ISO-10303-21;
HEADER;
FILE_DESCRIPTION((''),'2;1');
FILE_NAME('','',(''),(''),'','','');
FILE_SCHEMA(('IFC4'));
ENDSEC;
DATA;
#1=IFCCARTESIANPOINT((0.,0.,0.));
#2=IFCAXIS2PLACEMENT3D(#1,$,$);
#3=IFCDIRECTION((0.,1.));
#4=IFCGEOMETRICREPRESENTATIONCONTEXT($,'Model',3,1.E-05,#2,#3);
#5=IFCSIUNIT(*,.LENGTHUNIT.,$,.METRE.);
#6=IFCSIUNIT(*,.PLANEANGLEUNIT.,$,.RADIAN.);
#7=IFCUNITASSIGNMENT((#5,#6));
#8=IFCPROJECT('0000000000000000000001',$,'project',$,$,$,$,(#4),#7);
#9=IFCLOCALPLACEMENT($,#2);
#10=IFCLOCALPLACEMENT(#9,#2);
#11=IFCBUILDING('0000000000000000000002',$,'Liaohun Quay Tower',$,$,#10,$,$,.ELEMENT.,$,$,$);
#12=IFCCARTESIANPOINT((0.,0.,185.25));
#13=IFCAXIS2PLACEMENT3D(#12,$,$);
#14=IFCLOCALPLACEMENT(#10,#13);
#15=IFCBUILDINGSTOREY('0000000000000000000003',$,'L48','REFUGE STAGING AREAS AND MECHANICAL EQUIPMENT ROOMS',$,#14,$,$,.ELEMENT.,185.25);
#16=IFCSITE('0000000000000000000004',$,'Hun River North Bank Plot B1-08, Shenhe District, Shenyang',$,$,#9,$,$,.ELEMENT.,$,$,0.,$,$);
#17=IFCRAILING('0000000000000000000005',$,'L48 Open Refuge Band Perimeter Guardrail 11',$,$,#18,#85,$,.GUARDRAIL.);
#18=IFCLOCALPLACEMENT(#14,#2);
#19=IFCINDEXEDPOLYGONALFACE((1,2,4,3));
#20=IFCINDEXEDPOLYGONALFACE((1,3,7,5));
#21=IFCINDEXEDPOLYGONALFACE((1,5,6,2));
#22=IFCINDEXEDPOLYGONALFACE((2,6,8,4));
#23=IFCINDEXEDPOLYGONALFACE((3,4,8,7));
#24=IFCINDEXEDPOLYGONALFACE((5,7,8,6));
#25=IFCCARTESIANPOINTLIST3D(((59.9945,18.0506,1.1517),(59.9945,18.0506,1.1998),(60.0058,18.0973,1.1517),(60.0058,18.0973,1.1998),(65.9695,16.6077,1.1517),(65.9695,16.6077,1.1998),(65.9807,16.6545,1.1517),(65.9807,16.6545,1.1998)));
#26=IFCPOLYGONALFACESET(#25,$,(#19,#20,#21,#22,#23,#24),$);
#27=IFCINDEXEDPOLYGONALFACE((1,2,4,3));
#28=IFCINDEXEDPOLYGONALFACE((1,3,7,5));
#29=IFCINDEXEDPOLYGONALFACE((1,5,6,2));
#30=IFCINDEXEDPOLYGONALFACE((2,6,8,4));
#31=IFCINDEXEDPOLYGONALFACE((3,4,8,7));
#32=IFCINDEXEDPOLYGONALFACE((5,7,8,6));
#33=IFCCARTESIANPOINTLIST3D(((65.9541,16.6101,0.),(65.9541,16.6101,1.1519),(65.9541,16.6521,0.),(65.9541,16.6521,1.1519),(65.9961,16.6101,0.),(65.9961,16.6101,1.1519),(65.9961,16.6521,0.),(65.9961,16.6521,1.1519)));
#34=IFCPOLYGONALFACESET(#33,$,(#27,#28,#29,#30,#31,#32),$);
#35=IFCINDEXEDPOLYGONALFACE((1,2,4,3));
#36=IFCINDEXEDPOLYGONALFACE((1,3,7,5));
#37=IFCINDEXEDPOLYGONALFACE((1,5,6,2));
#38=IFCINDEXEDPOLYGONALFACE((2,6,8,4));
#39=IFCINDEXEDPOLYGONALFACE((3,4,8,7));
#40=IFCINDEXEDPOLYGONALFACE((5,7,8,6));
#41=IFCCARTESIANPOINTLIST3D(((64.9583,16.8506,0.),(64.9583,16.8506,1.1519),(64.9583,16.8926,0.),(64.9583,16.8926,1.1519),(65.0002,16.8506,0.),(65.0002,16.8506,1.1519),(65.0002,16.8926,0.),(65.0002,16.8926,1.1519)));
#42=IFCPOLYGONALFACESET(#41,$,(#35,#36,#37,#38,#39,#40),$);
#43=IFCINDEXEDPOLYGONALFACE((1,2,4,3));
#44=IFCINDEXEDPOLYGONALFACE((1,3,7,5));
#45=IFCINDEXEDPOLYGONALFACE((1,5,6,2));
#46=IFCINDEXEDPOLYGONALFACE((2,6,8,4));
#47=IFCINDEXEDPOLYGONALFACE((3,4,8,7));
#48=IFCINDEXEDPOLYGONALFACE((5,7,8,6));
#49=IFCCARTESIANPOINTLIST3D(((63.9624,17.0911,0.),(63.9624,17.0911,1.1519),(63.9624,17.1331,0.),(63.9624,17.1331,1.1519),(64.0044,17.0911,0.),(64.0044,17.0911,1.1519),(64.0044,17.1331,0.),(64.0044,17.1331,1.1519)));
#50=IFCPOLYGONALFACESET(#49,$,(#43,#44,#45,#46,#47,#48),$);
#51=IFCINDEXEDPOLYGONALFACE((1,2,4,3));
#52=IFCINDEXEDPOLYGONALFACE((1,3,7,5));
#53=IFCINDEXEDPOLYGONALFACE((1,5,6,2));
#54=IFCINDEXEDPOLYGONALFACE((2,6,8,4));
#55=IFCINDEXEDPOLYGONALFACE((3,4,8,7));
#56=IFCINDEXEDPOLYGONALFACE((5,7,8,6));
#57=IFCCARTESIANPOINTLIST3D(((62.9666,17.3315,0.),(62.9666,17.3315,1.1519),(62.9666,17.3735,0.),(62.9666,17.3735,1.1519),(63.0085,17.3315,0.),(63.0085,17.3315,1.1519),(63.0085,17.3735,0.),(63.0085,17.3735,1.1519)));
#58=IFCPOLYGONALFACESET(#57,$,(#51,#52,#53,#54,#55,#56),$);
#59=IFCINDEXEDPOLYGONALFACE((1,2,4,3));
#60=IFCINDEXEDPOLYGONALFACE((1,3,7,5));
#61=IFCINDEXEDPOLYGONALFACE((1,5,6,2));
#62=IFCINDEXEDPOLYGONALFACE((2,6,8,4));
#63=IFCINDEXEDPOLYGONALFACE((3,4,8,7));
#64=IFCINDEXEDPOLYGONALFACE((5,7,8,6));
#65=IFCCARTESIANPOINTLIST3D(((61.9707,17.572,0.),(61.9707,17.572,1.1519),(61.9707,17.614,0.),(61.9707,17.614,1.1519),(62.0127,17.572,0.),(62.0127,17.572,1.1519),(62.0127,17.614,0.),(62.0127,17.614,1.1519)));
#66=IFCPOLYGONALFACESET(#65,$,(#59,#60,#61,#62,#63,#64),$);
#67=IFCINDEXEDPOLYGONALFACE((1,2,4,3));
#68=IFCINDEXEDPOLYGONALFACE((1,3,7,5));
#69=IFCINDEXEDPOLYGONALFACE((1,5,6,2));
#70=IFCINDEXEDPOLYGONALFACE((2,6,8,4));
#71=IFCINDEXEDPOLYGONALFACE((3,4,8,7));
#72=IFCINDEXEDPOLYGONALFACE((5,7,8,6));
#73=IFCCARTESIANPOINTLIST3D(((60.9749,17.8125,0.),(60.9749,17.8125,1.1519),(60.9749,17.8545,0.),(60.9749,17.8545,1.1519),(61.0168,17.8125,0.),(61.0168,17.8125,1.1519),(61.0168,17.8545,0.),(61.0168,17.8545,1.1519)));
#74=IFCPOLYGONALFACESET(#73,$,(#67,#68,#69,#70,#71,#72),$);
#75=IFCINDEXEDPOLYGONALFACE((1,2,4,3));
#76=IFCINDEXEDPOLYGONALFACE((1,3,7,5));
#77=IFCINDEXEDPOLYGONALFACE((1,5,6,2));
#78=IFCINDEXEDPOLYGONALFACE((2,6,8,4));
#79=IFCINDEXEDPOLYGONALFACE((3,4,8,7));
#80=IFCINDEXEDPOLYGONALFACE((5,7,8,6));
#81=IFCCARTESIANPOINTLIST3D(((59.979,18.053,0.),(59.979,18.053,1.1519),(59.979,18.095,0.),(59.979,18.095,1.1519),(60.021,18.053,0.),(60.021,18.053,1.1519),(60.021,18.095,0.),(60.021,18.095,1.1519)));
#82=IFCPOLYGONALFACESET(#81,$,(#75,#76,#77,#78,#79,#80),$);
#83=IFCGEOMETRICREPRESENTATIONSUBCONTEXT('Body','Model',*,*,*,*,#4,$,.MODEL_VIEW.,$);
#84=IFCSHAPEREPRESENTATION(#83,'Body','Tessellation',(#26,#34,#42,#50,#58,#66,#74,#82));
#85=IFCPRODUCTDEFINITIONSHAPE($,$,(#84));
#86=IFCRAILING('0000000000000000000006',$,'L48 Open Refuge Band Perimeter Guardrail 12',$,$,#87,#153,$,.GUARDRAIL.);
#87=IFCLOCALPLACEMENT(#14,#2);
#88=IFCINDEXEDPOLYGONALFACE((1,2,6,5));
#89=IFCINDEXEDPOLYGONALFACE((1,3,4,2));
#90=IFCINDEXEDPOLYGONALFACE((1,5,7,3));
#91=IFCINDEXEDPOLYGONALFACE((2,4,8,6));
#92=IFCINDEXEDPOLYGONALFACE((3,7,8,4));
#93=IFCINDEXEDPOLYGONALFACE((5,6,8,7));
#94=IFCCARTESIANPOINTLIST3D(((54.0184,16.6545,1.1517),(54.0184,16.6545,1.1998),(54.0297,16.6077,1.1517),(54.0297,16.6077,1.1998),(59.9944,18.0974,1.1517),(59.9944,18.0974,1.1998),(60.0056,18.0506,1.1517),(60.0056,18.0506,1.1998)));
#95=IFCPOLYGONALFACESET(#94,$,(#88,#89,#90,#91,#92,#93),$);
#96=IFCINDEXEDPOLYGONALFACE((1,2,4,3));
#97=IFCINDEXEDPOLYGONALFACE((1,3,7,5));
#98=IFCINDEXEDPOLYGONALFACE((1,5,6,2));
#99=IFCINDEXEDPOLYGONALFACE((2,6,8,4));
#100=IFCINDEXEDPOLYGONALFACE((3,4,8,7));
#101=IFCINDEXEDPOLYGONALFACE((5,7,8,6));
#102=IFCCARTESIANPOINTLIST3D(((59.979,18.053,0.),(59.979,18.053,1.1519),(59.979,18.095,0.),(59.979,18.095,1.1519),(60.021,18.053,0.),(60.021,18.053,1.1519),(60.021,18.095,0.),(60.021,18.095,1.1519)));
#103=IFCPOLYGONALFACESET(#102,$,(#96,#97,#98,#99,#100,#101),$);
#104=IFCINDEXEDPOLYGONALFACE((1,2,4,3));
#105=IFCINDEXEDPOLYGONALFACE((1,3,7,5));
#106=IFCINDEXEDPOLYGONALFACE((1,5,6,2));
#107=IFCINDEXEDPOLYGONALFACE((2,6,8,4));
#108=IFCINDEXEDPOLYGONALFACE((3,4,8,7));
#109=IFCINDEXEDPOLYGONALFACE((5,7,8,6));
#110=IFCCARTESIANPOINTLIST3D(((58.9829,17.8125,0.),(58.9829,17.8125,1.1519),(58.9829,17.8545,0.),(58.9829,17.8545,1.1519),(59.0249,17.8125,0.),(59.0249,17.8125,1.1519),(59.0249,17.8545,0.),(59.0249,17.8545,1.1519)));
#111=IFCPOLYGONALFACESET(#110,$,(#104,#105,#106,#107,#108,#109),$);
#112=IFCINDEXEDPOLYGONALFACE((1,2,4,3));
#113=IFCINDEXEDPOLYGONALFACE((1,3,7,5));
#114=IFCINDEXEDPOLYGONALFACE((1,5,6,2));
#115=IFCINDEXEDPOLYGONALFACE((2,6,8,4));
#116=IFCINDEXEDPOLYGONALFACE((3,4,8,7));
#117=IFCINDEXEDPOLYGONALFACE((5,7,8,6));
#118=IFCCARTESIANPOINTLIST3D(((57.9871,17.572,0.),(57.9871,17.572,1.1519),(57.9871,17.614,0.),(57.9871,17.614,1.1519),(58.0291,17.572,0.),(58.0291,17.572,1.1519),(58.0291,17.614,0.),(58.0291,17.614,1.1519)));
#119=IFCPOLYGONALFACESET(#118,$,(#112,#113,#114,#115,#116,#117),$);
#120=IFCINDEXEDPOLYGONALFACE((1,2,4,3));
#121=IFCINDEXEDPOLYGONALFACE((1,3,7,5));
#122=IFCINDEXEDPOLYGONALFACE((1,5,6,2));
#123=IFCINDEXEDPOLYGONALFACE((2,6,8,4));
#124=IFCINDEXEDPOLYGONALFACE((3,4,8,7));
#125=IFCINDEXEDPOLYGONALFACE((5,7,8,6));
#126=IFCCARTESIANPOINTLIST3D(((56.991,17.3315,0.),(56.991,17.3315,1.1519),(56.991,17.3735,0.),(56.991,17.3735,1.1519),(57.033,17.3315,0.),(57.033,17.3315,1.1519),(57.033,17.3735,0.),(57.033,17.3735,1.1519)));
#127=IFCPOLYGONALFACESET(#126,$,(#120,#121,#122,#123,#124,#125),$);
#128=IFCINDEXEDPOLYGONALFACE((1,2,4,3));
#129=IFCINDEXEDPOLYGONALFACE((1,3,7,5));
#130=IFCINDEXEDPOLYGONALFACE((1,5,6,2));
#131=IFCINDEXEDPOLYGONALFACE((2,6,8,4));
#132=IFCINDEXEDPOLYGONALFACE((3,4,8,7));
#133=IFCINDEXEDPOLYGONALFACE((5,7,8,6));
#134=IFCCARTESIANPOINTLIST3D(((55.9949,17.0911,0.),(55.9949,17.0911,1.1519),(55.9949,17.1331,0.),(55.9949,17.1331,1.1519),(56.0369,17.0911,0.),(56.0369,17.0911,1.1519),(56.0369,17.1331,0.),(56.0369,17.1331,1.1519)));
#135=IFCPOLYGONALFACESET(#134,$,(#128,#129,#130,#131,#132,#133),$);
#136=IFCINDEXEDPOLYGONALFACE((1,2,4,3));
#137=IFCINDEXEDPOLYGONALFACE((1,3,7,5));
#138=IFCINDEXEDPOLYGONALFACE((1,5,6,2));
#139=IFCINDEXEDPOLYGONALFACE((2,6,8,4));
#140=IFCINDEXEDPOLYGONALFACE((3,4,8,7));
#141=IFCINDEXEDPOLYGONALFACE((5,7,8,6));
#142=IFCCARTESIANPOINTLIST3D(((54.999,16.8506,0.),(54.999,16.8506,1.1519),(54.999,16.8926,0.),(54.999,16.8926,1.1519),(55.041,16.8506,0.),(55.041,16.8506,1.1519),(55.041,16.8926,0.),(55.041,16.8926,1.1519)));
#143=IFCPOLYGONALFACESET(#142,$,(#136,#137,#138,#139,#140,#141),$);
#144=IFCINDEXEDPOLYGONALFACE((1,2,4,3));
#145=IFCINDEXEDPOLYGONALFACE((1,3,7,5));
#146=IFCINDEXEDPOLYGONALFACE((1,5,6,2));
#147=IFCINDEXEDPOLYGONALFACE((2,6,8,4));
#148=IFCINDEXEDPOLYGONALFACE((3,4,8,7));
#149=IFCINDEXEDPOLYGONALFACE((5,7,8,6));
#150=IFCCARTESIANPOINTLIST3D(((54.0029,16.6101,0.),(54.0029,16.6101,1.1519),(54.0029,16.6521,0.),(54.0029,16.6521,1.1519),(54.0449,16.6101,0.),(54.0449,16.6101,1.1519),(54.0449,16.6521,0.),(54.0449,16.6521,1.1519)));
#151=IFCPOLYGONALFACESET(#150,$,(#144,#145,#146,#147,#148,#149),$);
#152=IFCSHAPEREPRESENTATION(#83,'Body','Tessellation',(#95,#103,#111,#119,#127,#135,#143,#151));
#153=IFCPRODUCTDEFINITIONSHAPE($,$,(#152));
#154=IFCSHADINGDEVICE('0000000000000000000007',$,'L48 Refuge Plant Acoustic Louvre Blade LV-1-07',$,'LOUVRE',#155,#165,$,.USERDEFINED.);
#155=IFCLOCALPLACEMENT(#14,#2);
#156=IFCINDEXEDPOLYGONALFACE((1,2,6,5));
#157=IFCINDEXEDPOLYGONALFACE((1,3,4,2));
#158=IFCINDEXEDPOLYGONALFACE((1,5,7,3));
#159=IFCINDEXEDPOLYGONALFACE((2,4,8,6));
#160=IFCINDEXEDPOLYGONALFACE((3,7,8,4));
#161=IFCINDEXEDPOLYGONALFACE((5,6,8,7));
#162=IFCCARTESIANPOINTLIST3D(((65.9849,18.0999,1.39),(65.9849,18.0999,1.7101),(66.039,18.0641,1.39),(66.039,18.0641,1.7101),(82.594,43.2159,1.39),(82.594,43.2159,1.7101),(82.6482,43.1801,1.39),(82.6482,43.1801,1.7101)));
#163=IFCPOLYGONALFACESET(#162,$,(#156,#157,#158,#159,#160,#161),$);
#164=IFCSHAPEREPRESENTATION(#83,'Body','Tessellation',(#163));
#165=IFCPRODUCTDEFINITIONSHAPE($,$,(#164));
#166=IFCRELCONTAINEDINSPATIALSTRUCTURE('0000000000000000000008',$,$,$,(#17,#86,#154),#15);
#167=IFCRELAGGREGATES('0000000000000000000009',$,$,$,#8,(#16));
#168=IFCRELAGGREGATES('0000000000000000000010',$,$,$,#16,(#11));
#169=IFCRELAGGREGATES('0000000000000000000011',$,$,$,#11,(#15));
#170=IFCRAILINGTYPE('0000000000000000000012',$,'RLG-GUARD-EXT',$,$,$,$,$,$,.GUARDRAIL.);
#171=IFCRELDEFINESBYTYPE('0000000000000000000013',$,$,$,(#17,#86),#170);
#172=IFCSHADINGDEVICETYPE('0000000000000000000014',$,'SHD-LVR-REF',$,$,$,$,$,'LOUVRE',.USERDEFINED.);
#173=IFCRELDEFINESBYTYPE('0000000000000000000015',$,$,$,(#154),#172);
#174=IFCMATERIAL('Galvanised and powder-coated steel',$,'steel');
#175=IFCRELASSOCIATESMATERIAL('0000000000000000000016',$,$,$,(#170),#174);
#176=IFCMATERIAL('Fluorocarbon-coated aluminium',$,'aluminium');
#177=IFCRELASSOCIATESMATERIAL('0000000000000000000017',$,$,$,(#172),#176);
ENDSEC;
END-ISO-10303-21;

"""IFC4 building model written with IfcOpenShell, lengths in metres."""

from ifc_helpers import new_model, si_unit, direction, frame, origin, origin_2d, place, context, subcontext, project, spatial, rectangle, extrude, source, transform, mapped, material, material_profile, profile_set, type_object, element, save


model = new_model("IFC4")

# Units and contexts
model_context = context("Model", 3, precision=1e-05, world=origin(), true_north=direction((0.0, 1.0)))
body_context = subcontext(model_context, "Body", "Model", "MODEL_VIEW")
ifc_project = project(units=[si_unit("LENGTHUNIT", "METRE"), si_unit("PLANEANGLEUNIT", "RADIAN")], contexts=[model_context])

# Site, building, storey
site_placement = place(None, origin())
site = spatial("IfcSite", under=ifc_project, at=site_placement, Name="Hun River North Bank Plot B1-08, Shenhe District, Shenyang", CompositionType="ELEMENT", RefElevation=0.0)
building_placement = place(site_placement, origin())
building = spatial("IfcBuilding", under=site, at=building_placement, Name="Liaohun Quay Tower", CompositionType="ELEMENT")
storey_placement = place(building_placement, frame((0.0, 0.0, 185.25)))
storey = spatial("IfcBuildingStorey", under=building, at=storey_placement, Name="L48", Description="REFUGE STAGING AREAS AND MECHANICAL EQUIPMENT ROOMS", CompositionType="ELEMENT", Elevation=185.25)

# Railings
ifc_material_1 = material(Name="Galvanised and powder-coated steel", Category="steel")
railing_type = type_object("IfcRailingType", Name="RLG-GUARD-EXT", PredefinedType="GUARDRAIL", material=ifc_material_1)
railing_1_placement = place(storey_placement, frame((65.9751, 16.6311, 0.0)))
element("IfcRailing", 1, at=railing_1_placement, inside=storey, type_object=railing_type, Name="L48 Open Refuge Band Perimeter Guardrail 11", PredefinedType="GUARDRAIL", context=body_context, shape_type="SweptSolid", body=[
    extrude(rectangle(XDim=0.0481, YDim=0.0481, at=origin_2d()), frame((0.0, 0.0, 1.1758), z_axis=(-0.97206, 0.234734, 0.0), x_axis=(-0.234734, -0.97206, 0.0)), (0.0, 0.0, 1.0), 6.1467),
    extrude(rectangle(XDim=0.042, YDim=0.042, at=origin_2d()), origin(), (0.0, 0.0, 1.0), 1.1519),
    extrude(rectangle(XDim=0.042, YDim=0.042, at=origin_2d()), frame((-0.9958, 0.2405, 0.0)), (0.0, 0.0, 1.0), 1.1519),
    extrude(rectangle(XDim=0.042, YDim=0.042, at=origin_2d()), frame((-1.9917, 0.481, 0.0)), (0.0, 0.0, 1.0), 1.1519),
    extrude(rectangle(XDim=0.042, YDim=0.042, at=origin_2d()), frame((-2.9875, 0.7214, 0.0)), (0.0, 0.0, 1.0), 1.1519),
    extrude(rectangle(XDim=0.042, YDim=0.042, at=origin_2d()), frame((-3.9834, 0.9619, 0.0)), (0.0, 0.0, 1.0), 1.1519),
    extrude(rectangle(XDim=0.042, YDim=0.042, at=origin_2d()), frame((-4.9792, 1.2024, 0.0)), (0.0, 0.0, 1.0), 1.1519),
    extrude(rectangle(XDim=0.042, YDim=0.042, at=origin_2d()), frame((-5.9751, 1.4429, 0.0)), (0.0, 0.0, 1.0), 1.1519),
])
railing_2_placement = place(storey_placement, frame((60.0, 18.074, 0.0)))
element("IfcRailing", 2, at=railing_2_placement, inside=storey, type_object=railing_type, Name="L48 Open Refuge Band Perimeter Guardrail 12", PredefinedType="GUARDRAIL", context=body_context, shape_type="SweptSolid", body=[
    extrude(rectangle(XDim=0.0481, YDim=0.0481, at=origin_2d()), frame((0.0, 0.0, 1.1758), z_axis=(-0.972068, -0.234697, 0.0), x_axis=(0.234697, -0.972068, 0.0)), (0.0, 0.0, 1.0), 6.1477),
    extrude(rectangle(XDim=0.042, YDim=0.042, at=origin_2d()), origin(), (0.0, 0.0, 1.0), 1.1519),
    extrude(rectangle(XDim=0.042, YDim=0.042, at=origin_2d()), frame((-0.9961, -0.2405, 0.0)), (0.0, 0.0, 1.0), 1.1519),
    extrude(rectangle(XDim=0.042, YDim=0.042, at=origin_2d()), frame((-1.9919, -0.481, 0.0)), (0.0, 0.0, 1.0), 1.1519),
    extrude(rectangle(XDim=0.042, YDim=0.042, at=origin_2d()), frame((-2.988, -0.7214, 0.0)), (0.0, 0.0, 1.0), 1.1519),
    extrude(rectangle(XDim=0.042, YDim=0.042, at=origin_2d()), frame((-3.9841, -0.9619, 0.0)), (0.0, 0.0, 1.0), 1.1519),
    extrude(rectangle(XDim=0.042, YDim=0.042, at=origin_2d()), frame((-4.98, -1.2024, 0.0)), (0.0, 0.0, 1.0), 1.1519),
    extrude(rectangle(XDim=0.042, YDim=0.042, at=origin_2d()), frame((-5.9761, -1.4429, 0.0)), (0.0, 0.0, 1.0), 1.1519),
])

# Shading device
ifc_material_2 = material(Name="Fluorocarbon-coated aluminium", Category="aluminium")
ifc_material_profile_1 = material_profile(ifc_material_2, rectangle(XDim=0.0649, YDim=0.3201, at=origin_2d()), Name="ALU-LVR-320x65")
ifc_profile_set_1 = profile_set([ifc_material_profile_1], Name="Fluorocarbon-coated aluminium")
shading_device_type = type_object("IfcShadingDeviceType", Name="SHD-LVR-REF", ElementType="LOUVRE", PredefinedType="USERDEFINED", material=ifc_profile_set_1)
shared_shape_1 = source(origin(), body_context, "Body", "SweptSolid", [
    extrude(rectangle(XDim=0.0649, YDim=0.3201, at=origin_2d()), origin(), (0.0, 0.0, 1.0), 30.1111),
])
shading_device_placement = place(storey_placement, frame((82.6211, 43.198, 1.55), z_axis=(-0.551596, -0.834111, 0.0), x_axis=(0.834111, -0.551596, 0.0)))
element("IfcShadingDevice", 3, at=shading_device_placement, inside=storey, type_object=shading_device_type, Name="L48 Refuge Plant Acoustic Louvre Blade LV-1-07", ObjectType="LOUVRE", PredefinedType="USERDEFINED", context=body_context, shape_type="MappedRepresentation", body=[
    mapped(shared_shape_1, transform((0.0, 0.0, 0.0), x_axis=(1.0, 0.0, 0.0), y_axis=(0.0, 1.0, 0.0), z_axis=(0.0, 0.0, 1.0), scale=1.0)),
])

save(model, "model.ifc")
